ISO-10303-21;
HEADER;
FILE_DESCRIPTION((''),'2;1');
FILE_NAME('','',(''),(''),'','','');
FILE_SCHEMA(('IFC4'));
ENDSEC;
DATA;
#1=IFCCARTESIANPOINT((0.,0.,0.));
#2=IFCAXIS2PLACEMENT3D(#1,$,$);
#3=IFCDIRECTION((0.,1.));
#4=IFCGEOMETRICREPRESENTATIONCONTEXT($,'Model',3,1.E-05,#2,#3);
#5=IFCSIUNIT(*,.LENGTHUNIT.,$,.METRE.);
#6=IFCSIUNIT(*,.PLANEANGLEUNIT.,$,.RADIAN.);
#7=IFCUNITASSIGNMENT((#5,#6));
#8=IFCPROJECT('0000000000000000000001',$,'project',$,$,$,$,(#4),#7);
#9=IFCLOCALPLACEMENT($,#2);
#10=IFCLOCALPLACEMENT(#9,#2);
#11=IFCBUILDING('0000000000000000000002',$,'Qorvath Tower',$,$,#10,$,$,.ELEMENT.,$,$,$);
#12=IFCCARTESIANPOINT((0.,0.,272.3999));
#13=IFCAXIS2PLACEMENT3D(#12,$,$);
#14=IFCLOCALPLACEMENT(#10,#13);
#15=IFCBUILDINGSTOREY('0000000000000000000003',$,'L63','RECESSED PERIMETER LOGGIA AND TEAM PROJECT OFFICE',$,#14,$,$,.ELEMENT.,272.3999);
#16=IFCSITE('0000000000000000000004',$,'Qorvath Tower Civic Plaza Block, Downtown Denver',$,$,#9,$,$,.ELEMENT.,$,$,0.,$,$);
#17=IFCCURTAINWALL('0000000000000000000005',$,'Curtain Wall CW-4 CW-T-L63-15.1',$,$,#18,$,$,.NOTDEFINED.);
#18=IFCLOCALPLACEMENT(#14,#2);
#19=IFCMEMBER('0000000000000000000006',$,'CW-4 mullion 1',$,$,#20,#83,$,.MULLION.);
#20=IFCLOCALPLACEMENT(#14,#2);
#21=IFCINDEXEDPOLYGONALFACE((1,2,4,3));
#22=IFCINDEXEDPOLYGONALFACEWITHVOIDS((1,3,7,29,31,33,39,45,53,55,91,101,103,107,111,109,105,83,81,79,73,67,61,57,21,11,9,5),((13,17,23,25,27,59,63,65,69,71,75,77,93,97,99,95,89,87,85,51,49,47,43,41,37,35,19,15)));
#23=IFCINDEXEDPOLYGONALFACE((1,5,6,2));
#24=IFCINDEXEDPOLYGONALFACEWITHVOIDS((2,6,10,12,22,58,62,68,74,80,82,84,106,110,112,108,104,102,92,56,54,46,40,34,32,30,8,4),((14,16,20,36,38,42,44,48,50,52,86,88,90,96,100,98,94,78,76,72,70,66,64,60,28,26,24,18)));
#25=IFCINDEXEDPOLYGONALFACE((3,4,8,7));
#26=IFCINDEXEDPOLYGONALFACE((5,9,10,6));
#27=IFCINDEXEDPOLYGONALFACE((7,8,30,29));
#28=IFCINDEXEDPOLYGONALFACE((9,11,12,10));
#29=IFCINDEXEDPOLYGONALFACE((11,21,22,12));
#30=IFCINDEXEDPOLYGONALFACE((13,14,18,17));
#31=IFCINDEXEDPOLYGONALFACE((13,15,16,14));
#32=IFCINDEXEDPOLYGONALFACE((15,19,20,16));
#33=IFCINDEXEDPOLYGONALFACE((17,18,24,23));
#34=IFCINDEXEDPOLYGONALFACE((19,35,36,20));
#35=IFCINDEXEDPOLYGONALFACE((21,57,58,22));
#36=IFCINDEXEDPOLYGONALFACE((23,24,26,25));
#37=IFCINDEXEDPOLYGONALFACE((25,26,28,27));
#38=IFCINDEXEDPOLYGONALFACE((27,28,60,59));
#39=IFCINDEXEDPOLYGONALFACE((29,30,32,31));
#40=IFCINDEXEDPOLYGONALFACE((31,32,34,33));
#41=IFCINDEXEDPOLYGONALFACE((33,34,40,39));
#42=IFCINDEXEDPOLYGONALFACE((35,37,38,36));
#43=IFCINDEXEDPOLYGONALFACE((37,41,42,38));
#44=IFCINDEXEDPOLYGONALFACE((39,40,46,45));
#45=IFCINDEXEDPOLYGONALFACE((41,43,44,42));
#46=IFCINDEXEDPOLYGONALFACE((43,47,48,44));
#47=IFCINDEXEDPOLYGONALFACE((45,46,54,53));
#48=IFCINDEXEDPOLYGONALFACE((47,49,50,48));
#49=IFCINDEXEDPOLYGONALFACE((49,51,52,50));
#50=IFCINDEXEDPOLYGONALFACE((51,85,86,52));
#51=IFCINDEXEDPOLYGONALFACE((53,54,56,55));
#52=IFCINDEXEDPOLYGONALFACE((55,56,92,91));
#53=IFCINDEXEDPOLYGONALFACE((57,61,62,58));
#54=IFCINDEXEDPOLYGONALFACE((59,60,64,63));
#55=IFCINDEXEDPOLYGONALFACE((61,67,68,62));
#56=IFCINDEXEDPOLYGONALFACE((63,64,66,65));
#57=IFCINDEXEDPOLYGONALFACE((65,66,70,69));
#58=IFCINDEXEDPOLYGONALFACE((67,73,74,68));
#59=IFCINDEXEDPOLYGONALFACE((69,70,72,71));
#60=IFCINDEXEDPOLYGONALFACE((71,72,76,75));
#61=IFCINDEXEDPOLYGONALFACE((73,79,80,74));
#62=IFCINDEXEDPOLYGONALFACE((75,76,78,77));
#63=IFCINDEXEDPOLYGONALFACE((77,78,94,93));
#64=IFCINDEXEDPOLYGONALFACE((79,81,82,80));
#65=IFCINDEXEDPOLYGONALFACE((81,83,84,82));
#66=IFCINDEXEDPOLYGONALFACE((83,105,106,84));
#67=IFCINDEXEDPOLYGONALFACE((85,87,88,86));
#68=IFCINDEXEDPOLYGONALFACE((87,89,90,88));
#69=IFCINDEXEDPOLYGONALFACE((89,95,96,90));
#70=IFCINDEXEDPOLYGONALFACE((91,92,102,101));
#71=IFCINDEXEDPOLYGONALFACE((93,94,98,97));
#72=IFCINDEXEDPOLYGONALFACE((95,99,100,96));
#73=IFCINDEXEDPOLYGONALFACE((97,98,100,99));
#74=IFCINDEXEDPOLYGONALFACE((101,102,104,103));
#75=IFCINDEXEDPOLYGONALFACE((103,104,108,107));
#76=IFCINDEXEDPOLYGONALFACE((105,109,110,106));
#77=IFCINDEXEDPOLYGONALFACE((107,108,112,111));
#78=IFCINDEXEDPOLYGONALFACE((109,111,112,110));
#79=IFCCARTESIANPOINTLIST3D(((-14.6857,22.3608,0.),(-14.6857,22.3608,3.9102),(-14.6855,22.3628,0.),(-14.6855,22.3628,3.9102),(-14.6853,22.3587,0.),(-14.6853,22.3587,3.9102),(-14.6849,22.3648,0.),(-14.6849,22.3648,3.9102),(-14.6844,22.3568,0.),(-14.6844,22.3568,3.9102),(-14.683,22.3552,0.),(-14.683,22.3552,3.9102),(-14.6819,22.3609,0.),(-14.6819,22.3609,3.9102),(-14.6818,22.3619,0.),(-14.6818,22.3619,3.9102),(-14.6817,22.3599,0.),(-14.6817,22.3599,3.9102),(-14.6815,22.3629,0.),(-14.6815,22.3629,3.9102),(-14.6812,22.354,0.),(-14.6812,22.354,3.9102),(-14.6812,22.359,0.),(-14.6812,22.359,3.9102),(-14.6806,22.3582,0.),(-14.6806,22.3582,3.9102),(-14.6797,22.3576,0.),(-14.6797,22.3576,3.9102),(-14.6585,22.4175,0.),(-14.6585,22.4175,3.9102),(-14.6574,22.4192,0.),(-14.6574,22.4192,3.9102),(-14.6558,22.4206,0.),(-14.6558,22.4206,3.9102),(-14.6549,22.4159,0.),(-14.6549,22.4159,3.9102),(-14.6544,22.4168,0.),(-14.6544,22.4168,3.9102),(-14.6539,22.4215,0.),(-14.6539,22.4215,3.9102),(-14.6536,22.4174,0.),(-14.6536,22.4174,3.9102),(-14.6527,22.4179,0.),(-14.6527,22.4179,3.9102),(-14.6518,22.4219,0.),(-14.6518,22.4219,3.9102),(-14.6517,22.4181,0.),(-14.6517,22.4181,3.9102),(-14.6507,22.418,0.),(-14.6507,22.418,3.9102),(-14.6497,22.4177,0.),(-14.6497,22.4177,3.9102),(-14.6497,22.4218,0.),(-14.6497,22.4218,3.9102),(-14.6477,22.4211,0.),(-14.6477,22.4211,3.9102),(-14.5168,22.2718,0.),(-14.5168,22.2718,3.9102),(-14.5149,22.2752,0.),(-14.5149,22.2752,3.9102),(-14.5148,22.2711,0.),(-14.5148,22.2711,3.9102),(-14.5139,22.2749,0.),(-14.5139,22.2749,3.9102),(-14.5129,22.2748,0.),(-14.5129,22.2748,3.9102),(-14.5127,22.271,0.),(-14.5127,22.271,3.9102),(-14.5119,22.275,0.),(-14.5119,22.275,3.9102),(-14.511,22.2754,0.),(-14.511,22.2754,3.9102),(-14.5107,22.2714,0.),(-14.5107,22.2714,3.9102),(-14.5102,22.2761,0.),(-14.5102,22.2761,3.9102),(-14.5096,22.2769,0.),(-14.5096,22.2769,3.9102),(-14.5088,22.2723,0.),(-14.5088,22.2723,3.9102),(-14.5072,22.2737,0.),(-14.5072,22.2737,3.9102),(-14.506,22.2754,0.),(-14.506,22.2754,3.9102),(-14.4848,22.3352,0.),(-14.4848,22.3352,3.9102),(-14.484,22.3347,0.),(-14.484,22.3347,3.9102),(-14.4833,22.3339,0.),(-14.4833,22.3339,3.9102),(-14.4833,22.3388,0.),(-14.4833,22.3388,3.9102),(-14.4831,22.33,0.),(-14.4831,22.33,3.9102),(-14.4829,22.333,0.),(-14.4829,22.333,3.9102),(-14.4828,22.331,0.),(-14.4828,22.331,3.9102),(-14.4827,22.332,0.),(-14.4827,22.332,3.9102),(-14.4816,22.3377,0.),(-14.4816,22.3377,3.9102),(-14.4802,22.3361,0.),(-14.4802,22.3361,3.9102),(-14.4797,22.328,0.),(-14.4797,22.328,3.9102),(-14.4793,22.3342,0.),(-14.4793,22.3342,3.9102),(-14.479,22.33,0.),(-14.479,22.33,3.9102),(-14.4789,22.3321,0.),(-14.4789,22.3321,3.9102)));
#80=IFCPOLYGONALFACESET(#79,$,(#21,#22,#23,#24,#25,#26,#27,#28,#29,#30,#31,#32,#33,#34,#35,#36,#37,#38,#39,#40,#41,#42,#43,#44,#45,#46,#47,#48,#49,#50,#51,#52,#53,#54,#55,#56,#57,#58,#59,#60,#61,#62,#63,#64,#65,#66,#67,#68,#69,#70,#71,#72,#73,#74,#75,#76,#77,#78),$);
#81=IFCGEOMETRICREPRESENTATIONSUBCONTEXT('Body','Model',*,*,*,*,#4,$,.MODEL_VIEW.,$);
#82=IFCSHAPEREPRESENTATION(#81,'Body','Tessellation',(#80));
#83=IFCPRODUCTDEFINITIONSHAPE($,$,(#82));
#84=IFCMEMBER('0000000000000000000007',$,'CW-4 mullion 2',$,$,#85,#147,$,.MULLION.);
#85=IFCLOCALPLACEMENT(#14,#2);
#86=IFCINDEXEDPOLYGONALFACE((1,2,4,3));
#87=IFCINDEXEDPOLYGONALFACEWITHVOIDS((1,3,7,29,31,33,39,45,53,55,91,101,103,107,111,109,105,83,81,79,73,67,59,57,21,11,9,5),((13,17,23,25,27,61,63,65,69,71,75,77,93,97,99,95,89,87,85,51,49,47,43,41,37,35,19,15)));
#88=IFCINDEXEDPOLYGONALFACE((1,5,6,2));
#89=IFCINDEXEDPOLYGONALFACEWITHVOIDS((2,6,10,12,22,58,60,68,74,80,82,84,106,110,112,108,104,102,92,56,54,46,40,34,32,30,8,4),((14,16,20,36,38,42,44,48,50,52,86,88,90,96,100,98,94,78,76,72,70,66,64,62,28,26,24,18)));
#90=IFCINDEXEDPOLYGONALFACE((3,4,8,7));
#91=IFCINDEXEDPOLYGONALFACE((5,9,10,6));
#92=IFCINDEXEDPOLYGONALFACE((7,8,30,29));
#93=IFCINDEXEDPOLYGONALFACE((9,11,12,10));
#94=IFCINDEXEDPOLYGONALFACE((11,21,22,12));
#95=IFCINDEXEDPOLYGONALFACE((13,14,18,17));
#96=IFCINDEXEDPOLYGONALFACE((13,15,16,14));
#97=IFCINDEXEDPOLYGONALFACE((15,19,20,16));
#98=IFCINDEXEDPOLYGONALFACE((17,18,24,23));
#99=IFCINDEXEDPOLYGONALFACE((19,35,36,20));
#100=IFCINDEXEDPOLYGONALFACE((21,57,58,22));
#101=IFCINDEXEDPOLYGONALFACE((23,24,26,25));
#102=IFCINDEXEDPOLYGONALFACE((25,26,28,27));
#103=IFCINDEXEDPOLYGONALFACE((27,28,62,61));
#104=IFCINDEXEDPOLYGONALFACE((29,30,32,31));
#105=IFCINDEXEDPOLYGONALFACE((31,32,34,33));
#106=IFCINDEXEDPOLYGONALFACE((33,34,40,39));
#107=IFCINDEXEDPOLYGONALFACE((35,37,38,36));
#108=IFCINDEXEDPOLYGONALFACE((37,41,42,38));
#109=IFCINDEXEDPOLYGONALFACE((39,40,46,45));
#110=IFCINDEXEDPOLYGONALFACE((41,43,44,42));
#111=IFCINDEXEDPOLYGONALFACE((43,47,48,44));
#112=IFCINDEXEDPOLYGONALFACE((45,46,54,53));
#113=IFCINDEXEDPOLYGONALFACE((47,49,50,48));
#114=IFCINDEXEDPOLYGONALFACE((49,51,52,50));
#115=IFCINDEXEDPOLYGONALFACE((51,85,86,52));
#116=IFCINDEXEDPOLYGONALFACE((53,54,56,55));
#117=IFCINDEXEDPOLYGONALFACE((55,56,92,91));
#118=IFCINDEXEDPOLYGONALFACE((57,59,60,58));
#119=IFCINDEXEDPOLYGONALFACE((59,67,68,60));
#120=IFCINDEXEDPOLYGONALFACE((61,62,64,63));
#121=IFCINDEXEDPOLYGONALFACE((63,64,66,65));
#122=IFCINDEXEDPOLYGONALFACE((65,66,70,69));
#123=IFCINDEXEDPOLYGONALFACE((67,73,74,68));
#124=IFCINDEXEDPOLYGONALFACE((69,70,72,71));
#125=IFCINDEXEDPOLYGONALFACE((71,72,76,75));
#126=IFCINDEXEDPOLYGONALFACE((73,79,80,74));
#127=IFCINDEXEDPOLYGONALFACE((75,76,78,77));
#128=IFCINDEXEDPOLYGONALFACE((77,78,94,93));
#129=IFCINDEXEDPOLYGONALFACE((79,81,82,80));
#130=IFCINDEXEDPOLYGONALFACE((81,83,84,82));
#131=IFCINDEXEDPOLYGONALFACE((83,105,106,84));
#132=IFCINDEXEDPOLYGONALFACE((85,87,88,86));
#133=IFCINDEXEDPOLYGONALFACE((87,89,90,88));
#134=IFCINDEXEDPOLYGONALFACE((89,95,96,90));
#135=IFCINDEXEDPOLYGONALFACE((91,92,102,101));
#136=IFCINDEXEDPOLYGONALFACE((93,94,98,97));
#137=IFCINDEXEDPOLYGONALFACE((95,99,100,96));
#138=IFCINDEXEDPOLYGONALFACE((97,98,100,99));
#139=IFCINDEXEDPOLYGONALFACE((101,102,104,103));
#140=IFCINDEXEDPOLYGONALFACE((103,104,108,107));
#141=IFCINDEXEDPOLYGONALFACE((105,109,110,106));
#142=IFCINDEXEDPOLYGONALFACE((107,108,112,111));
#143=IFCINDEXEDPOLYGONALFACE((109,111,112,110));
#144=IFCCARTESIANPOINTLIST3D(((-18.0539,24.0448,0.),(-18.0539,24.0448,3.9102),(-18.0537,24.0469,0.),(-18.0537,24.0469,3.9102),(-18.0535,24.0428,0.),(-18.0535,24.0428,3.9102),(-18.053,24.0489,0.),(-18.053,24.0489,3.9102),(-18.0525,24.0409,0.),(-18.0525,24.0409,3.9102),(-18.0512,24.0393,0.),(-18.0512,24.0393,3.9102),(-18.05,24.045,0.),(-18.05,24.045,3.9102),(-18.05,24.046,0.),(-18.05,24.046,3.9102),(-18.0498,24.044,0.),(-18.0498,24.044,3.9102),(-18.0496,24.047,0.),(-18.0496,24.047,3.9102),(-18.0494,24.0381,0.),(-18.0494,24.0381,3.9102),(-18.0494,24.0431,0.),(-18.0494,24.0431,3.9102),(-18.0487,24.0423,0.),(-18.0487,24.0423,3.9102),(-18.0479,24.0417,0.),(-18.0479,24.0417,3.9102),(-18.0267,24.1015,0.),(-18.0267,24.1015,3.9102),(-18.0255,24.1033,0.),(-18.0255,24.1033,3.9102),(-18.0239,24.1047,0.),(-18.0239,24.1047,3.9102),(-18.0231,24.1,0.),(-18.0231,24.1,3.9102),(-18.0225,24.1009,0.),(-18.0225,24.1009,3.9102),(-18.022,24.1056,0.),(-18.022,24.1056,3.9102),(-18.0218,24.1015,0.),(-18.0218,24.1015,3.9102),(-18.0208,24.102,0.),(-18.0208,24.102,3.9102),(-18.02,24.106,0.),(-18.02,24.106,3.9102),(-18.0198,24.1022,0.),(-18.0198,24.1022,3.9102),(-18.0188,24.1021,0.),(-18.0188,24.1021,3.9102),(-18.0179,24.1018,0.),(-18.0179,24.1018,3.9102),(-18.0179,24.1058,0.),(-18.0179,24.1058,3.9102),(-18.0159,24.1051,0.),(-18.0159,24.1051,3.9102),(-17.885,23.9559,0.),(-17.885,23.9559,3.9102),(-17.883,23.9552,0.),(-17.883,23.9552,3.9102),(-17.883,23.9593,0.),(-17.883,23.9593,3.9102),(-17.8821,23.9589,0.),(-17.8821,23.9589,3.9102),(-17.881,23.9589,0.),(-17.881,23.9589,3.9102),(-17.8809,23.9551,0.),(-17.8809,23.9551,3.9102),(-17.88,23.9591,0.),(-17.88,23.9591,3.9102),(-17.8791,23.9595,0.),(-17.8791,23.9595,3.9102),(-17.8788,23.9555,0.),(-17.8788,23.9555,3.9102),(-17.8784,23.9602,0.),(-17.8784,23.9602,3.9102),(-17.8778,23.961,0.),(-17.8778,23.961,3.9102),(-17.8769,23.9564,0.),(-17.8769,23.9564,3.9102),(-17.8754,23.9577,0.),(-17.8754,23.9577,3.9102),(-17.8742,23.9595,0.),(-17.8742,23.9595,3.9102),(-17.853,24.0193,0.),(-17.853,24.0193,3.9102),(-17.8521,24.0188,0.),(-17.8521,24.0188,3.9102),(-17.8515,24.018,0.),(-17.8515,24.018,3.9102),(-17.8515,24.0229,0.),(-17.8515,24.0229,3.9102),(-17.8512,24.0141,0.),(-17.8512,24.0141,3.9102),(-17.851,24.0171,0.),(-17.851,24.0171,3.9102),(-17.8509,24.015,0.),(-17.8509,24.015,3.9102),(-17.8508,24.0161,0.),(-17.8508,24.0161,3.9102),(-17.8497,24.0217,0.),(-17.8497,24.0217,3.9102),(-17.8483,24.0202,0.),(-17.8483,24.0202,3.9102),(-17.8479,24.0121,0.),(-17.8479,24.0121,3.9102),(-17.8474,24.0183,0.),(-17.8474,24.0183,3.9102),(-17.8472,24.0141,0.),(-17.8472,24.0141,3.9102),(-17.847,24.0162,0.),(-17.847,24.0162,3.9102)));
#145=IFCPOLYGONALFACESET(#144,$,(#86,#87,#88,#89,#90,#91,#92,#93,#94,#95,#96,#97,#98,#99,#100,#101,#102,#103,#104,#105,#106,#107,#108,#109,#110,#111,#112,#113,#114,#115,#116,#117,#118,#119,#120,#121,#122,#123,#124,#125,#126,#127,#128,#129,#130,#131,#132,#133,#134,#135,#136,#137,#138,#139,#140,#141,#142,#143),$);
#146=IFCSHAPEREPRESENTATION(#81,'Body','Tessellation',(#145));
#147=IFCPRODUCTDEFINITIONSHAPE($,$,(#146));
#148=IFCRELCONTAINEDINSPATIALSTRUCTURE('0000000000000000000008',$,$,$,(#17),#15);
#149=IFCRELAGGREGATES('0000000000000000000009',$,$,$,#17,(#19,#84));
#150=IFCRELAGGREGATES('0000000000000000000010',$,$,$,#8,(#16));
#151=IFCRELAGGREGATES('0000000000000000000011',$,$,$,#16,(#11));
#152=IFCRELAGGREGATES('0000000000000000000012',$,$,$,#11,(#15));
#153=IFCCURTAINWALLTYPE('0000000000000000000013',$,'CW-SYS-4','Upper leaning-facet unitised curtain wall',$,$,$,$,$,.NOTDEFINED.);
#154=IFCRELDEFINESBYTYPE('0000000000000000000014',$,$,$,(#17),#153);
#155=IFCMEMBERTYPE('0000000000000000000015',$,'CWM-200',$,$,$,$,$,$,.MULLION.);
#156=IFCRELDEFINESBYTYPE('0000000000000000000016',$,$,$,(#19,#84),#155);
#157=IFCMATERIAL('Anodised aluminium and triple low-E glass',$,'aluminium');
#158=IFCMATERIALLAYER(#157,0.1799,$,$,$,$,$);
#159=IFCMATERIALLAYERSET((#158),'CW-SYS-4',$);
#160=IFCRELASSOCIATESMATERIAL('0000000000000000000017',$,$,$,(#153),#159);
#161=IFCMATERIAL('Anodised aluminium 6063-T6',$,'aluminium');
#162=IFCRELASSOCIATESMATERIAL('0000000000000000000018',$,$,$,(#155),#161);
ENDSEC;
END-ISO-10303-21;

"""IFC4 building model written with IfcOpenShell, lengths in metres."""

from ifc_helpers import new_model, si_unit, direction, frame, origin, origin_2d, place, context, subcontext, project, spatial, hollow_rectangle, extrude, material, layer, layer_set, material_profile, profile_set, type_object, element, aggregate, save


model = new_model("IFC4")

# Units and contexts
model_context = context("Model", 3, precision=1e-05, world=origin(), true_north=direction((0.0, 1.0)))
body_context = subcontext(model_context, "Body", "Model", "MODEL_VIEW")
ifc_project = project(units=[si_unit("LENGTHUNIT", "METRE"), si_unit("PLANEANGLEUNIT", "RADIAN")], contexts=[model_context])

# Site, building, storey
site_placement = place(None, origin())
site = spatial("IfcSite", under=ifc_project, at=site_placement, Name="Qorvath Tower Civic Plaza Block, Downtown Denver", CompositionType="ELEMENT", RefElevation=0.0)
building_placement = place(site_placement, origin())
building = spatial("IfcBuilding", under=site, at=building_placement, Name="Qorvath Tower", CompositionType="ELEMENT")
storey_placement = place(building_placement, frame((0.0, 0.0, 272.3999)))
storey = spatial("IfcBuildingStorey", under=building, at=storey_placement, Name="L63", Description="RECESSED PERIMETER LOGGIA AND TEAM PROJECT OFFICE", CompositionType="ELEMENT", Elevation=272.3999)

# Shared definitions
ifc_material_1 = material(Name="Anodised aluminium and triple low-E glass", Category="aluminium")
ifc_layer_1 = layer(ifc_material_1, 0.1799)
ifc_layer_set_1 = layer_set([ifc_layer_1], Name="CW-SYS-4")
curtain_wall_type = type_object("IfcCurtainWallType", Name="CW-SYS-4", Description="Upper leaning-facet unitised curtain wall", PredefinedType="NOTDEFINED", material=ifc_layer_set_1)
ifc_material_2 = material(Name="Anodised aluminium 6063-T6", Category="aluminium")
ifc_material_profile_1 = material_profile(ifc_material_2, hollow_rectangle(XDim=0.075, YDim=0.2, WallThickness=0.0039, InnerFilletRadius=0.0039, OuterFilletRadius=0.0081, at=origin_2d()), Name="CWM 200x75")
ifc_profile_set_1 = profile_set([ifc_material_profile_1], Name="Anodised aluminium 6063-T6")
member_type_1 = type_object("IfcMemberType", Name="CWM-200", PredefinedType="MULLION", material=ifc_profile_set_1)

# Curtain wall, members
curtain_wall_1_placement = place(storey_placement, origin())
curtain_wall_1 = element("IfcCurtainWall", 1, at=curtain_wall_1_placement, inside=storey, type_object=curtain_wall_type, Name="Curtain Wall CW-4 CW-T-L63-15.1", PredefinedType="NOTDEFINED")
member_1_placement = place(storey_placement, frame((-14.5823, 22.3464, 0.0), z_axis=(0.0, 0.0, 1.0), x_axis=(-0.447245, -0.894412, 0.0)))
member_1 = element("IfcMember", 2, at=member_1_placement, type_object=member_type_1, Name="CW-4 mullion 1", PredefinedType="MULLION", context=body_context, shape_type="SweptSolid", body=[
    extrude(hollow_rectangle(XDim=0.075, YDim=0.2, WallThickness=0.0039, InnerFilletRadius=0.0039, OuterFilletRadius=0.0081, at=origin_2d()), origin(), (0.0, 0.0, 1.0), 3.9102),
])
member_2_placement = place(storey_placement, frame((-17.9504, 24.0305, 0.0), z_axis=(0.0, 0.0, 1.0), x_axis=(-0.447245, -0.894412, 0.0)))
member_2 = element("IfcMember", 3, at=member_2_placement, type_object=member_type_1, Name="CW-4 mullion 2", PredefinedType="MULLION", context=body_context, shape_type="SweptSolid", body=[
    extrude(hollow_rectangle(XDim=0.075, YDim=0.2, WallThickness=0.0039, InnerFilletRadius=0.0039, OuterFilletRadius=0.0081, at=origin_2d()), origin(), (0.0, 0.0, 1.0), 3.9102),
])

aggregate(curtain_wall_1, [member_1, member_2])

save(model, "model.ifc")
